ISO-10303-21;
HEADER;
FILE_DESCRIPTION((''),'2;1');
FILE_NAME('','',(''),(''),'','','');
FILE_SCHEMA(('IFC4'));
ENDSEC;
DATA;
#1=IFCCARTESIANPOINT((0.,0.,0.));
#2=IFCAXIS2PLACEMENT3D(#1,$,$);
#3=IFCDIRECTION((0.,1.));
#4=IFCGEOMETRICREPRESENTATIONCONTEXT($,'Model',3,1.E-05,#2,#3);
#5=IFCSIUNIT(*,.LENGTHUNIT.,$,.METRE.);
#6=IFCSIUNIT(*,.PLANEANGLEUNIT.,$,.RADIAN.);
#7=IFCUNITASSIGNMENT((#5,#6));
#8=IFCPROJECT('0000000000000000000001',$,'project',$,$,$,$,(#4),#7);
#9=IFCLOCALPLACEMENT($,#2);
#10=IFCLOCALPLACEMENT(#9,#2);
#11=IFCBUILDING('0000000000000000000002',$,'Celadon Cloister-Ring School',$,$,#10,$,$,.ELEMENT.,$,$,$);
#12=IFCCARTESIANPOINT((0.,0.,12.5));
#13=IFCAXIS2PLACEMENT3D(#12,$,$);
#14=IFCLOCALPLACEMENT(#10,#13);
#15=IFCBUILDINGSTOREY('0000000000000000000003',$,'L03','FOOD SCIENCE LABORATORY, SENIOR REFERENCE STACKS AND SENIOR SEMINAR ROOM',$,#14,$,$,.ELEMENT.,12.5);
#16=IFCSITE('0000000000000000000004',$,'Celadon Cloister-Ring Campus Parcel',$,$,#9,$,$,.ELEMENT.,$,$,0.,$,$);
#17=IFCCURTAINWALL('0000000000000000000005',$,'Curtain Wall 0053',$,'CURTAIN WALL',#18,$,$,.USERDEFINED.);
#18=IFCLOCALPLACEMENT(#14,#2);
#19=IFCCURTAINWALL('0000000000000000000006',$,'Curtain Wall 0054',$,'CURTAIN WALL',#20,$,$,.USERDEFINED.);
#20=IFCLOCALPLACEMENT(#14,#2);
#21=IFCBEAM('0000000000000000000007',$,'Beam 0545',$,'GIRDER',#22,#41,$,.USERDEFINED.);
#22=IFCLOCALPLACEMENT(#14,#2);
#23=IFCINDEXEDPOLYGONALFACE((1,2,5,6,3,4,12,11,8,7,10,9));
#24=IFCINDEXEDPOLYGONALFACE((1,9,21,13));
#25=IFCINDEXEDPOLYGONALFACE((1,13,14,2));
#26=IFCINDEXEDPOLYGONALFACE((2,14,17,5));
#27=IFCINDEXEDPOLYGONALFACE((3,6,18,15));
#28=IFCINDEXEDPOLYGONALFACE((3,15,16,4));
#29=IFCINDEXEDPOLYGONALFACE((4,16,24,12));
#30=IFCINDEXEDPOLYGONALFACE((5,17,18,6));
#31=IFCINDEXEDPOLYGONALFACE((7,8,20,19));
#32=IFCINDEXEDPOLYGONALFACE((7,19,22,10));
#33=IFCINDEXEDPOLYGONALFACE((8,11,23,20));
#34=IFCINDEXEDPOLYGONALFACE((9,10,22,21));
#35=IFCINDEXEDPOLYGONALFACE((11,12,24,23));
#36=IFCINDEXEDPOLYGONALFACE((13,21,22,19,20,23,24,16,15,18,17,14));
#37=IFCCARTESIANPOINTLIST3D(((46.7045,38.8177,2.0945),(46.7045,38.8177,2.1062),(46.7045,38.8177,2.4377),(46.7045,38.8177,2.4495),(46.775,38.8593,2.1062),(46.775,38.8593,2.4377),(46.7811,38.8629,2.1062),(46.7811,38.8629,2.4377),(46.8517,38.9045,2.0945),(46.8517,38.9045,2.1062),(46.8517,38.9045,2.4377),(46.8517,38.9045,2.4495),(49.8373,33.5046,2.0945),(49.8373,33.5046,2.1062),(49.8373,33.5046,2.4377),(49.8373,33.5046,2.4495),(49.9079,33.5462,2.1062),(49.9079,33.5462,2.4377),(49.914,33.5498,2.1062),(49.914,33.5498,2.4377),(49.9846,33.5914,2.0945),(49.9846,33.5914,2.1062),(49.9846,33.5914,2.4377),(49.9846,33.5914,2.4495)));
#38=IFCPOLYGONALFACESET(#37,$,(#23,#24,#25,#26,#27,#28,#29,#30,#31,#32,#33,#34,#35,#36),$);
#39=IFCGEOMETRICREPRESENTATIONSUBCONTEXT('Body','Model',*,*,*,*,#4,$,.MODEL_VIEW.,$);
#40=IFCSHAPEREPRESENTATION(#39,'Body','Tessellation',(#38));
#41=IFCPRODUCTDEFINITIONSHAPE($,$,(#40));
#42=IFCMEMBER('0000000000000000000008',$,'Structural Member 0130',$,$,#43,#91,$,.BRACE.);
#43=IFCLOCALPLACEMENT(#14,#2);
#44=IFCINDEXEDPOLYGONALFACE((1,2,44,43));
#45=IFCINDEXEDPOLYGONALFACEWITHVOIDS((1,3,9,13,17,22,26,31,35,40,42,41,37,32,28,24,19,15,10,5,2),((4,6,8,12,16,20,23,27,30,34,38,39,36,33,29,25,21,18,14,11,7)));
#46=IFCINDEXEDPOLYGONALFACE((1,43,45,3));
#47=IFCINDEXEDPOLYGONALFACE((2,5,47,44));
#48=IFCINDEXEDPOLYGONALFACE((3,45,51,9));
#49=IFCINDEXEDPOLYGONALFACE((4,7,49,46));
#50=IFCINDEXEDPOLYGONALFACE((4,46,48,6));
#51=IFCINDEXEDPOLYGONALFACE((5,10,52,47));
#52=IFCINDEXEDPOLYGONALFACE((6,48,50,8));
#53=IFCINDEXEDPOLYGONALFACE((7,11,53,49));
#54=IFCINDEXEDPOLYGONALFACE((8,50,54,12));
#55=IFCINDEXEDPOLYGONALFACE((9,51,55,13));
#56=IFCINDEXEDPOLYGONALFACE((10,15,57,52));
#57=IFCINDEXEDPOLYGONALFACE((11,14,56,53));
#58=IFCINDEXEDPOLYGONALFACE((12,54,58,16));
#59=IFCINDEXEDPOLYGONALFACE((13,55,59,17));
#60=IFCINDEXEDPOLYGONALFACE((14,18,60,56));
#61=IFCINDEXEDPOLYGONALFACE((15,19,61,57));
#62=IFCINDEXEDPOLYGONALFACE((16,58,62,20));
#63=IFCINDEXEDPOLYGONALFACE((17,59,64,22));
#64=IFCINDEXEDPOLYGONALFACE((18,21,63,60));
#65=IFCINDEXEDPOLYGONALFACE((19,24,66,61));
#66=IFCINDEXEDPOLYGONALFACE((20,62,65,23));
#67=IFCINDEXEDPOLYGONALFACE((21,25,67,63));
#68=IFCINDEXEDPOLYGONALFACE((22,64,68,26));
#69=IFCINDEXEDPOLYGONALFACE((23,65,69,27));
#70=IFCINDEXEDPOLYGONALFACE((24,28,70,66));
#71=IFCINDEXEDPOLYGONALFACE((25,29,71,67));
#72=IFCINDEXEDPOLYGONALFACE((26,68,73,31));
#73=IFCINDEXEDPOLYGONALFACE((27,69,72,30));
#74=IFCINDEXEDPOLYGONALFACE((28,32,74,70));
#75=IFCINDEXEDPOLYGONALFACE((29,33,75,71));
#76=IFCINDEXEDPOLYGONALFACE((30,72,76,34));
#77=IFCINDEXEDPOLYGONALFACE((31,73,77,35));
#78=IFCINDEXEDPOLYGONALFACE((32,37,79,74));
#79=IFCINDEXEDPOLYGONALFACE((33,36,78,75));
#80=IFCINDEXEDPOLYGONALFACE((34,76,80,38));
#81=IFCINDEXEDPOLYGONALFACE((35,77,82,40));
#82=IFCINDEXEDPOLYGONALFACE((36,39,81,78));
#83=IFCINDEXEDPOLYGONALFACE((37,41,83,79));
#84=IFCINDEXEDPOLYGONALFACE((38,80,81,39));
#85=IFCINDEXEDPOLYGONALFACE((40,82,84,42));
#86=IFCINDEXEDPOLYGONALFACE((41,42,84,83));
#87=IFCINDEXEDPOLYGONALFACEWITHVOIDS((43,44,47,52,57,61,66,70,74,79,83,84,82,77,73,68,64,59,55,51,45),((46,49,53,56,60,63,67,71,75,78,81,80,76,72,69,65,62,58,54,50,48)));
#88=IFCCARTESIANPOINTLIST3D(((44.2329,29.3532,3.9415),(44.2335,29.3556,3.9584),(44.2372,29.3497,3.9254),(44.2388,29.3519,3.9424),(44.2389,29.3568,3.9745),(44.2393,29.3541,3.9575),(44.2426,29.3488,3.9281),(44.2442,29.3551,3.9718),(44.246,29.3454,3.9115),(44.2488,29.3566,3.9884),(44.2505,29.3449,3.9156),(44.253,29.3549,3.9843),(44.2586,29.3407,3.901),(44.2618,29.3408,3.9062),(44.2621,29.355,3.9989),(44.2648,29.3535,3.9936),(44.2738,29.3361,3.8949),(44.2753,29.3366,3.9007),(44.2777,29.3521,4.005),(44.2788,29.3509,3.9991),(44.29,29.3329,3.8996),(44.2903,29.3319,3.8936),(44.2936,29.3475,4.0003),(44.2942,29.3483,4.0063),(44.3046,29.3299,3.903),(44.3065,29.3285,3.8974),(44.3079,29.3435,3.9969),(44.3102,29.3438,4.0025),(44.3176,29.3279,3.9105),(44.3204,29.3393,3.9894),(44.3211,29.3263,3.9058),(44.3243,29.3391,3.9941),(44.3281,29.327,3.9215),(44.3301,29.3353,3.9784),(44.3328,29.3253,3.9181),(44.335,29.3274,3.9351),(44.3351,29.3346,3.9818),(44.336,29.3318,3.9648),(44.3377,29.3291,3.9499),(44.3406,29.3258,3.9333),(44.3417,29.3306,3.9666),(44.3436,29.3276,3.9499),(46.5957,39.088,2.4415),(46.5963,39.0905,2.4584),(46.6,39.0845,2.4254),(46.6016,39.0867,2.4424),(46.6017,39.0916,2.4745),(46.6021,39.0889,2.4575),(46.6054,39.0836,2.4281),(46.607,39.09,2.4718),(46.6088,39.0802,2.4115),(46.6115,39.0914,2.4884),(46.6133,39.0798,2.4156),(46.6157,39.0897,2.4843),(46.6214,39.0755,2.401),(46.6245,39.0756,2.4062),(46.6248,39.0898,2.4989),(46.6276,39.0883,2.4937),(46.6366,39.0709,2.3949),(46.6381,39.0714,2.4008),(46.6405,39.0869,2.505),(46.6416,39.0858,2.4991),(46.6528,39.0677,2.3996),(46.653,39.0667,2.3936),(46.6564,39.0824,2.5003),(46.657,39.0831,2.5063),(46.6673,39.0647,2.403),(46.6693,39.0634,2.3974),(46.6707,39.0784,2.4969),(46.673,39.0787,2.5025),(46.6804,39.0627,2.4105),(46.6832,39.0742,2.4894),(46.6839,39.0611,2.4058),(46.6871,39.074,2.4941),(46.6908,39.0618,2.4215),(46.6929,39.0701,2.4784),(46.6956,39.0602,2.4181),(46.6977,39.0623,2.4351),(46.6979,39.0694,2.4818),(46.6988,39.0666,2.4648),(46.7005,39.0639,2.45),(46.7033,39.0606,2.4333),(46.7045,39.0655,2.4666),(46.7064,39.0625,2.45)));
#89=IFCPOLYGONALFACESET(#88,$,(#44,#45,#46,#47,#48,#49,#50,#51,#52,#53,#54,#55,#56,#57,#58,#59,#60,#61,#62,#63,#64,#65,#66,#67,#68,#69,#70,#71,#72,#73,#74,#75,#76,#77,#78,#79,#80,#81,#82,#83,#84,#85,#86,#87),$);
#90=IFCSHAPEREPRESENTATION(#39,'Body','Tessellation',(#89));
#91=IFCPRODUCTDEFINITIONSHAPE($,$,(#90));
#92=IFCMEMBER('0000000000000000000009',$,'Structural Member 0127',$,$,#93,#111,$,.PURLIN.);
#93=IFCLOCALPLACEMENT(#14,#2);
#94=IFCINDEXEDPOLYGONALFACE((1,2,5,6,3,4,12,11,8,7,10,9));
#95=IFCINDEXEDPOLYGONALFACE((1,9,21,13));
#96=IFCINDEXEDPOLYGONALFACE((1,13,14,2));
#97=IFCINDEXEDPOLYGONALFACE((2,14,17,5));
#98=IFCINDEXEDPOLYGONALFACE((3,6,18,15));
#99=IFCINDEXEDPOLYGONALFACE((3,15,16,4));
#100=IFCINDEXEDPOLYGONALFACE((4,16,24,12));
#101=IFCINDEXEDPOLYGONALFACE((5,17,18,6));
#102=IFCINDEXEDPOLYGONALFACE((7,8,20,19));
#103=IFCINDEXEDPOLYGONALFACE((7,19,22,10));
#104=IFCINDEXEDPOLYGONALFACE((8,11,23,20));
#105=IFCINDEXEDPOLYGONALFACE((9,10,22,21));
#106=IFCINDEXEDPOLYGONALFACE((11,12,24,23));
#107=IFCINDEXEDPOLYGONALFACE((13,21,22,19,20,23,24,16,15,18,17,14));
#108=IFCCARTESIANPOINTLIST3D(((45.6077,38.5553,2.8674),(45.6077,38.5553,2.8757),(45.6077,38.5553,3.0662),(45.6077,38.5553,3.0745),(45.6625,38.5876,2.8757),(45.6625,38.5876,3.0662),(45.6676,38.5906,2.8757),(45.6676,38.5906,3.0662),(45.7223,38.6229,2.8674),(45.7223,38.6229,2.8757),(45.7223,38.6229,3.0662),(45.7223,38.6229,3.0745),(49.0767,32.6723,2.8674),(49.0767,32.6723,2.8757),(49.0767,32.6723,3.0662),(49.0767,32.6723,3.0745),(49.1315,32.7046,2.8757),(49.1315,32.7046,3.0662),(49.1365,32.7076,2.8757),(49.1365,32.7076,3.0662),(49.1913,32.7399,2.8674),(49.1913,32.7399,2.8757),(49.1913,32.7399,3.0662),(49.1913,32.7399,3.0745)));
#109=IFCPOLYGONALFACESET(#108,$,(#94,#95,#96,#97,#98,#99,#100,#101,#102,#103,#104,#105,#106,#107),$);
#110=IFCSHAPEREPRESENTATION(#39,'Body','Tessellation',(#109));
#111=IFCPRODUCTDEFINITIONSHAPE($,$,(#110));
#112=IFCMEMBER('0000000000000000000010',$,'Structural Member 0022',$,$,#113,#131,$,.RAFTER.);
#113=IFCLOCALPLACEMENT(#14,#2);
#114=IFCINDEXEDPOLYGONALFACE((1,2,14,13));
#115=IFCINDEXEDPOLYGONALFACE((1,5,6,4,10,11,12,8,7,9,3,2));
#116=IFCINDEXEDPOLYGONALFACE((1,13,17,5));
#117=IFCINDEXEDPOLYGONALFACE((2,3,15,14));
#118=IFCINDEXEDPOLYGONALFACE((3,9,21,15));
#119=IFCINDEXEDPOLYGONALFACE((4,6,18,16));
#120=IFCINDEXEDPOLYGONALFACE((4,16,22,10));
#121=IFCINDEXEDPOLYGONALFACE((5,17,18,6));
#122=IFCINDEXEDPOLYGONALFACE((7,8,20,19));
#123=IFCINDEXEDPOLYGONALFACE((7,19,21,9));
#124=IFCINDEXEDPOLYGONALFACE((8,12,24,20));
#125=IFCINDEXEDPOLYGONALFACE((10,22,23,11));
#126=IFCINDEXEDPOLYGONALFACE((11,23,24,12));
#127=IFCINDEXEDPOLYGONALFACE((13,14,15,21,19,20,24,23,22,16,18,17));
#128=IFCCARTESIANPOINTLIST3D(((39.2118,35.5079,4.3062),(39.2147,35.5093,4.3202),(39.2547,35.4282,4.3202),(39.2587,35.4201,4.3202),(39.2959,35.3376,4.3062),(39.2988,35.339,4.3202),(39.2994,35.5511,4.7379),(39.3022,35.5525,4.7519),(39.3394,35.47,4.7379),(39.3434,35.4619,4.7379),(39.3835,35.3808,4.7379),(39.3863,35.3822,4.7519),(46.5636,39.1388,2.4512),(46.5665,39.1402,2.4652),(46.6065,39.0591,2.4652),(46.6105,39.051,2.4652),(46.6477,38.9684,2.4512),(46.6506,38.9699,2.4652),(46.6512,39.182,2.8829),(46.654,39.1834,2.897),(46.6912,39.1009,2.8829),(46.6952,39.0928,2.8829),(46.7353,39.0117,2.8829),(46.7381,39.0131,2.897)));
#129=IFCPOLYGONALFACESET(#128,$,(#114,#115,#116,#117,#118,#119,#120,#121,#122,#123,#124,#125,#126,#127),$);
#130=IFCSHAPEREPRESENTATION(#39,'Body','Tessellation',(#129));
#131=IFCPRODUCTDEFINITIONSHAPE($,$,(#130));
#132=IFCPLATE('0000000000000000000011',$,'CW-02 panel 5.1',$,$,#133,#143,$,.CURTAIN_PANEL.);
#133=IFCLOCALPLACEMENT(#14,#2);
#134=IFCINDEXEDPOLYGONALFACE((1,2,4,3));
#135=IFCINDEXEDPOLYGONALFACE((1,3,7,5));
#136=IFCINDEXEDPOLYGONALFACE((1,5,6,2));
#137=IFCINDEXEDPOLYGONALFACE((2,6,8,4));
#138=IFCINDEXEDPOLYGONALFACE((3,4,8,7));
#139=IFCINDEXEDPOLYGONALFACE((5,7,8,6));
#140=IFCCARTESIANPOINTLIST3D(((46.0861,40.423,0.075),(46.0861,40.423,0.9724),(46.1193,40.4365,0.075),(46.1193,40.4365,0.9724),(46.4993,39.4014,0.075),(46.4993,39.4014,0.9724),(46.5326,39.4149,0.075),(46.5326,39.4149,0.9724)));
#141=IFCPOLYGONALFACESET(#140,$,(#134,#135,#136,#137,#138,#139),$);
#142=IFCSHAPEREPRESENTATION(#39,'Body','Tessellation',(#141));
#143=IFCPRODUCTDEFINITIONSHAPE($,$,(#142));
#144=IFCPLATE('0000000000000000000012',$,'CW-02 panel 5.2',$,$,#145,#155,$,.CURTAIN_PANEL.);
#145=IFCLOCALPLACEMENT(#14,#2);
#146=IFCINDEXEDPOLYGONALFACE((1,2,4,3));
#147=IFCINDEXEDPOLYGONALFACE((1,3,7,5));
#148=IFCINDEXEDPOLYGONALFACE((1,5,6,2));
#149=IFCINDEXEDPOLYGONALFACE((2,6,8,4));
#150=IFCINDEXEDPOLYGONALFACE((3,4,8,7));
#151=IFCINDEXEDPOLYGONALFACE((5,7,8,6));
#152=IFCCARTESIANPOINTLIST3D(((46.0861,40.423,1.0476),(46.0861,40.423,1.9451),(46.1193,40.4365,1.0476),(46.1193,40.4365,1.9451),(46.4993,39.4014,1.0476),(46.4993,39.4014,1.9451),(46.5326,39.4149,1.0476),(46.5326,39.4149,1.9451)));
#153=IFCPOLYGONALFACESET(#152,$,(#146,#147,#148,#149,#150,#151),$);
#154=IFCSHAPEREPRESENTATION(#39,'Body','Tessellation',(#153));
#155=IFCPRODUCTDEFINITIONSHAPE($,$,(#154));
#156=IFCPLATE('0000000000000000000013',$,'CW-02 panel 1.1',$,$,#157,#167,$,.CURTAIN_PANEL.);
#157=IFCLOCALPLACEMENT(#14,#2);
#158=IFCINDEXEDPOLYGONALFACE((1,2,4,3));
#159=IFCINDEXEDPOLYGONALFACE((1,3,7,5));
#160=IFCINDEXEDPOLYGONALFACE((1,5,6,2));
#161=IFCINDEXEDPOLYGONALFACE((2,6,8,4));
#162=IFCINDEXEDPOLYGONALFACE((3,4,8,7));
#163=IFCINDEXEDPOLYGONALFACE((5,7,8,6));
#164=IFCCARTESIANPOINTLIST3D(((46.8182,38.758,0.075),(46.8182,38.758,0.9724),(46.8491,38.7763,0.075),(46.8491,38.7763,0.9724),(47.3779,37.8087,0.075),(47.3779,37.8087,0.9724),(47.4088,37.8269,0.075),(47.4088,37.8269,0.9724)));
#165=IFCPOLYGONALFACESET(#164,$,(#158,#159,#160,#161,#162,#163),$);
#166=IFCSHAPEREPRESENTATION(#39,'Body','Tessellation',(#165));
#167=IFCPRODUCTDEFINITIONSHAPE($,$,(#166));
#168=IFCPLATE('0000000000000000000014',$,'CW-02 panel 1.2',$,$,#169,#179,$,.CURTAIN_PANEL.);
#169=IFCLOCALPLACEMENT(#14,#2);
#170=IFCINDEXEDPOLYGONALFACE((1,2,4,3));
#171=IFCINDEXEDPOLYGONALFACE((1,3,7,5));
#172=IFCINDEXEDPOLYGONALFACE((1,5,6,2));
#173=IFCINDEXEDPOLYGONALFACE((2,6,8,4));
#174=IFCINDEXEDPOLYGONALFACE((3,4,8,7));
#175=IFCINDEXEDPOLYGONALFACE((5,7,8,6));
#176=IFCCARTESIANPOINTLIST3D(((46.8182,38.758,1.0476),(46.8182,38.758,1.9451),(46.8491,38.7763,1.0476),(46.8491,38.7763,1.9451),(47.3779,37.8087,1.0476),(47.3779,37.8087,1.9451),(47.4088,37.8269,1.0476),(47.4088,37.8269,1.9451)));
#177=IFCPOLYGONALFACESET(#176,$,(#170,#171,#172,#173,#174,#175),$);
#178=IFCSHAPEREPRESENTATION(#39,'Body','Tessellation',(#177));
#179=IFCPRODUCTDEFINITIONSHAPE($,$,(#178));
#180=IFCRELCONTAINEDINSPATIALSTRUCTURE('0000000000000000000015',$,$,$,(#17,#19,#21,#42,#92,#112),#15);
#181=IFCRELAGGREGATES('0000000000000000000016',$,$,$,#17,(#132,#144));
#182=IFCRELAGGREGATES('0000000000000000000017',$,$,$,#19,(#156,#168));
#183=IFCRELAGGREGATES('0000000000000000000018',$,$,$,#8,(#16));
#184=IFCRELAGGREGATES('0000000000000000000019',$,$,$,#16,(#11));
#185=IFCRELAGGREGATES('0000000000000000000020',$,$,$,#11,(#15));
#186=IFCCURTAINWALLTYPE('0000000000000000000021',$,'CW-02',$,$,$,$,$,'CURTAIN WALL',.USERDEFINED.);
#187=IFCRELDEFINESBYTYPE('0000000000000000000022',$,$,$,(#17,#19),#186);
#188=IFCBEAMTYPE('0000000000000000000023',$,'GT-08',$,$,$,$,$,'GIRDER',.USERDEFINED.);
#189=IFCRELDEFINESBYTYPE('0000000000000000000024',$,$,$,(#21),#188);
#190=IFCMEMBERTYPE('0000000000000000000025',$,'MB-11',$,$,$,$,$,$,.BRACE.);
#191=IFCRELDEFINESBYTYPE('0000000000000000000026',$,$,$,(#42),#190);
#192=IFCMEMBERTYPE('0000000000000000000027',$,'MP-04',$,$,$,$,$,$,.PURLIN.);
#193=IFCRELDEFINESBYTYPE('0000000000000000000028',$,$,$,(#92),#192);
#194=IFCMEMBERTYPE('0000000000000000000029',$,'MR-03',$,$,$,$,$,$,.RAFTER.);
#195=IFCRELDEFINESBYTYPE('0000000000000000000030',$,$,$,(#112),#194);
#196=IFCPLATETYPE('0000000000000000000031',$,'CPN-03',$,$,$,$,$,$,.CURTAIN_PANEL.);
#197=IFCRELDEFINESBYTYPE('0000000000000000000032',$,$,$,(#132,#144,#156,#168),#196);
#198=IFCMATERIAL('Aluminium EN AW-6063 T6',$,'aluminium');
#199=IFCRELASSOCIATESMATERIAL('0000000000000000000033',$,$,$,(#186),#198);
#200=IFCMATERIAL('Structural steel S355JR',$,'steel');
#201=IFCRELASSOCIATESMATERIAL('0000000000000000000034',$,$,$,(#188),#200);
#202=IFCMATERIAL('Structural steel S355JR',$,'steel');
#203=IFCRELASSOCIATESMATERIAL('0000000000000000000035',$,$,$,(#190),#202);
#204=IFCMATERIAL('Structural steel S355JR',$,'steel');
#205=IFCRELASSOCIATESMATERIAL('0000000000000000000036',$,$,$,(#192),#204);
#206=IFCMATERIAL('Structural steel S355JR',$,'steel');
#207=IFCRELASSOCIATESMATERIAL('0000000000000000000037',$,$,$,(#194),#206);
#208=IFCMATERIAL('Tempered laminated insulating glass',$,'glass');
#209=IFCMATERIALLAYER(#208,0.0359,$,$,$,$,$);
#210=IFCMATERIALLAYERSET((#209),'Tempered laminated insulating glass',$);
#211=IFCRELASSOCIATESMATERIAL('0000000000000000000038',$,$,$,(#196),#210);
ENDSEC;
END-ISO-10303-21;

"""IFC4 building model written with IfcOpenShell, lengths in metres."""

from ifc_helpers import new_model, si_unit, direction, frame, origin, origin_2d, place, context, subcontext, project, spatial, rectangle, hollow_circle, i_section, extrude, material, layer, layer_set, material_profile, profile_set, type_object, element, aggregate, save


model = new_model("IFC4")

# Units and contexts
model_context = context("Model", 3, precision=1e-05, world=origin(), true_north=direction((0.0, 1.0)))
body_context = subcontext(model_context, "Body", "Model", "MODEL_VIEW")
ifc_project = project(units=[si_unit("LENGTHUNIT", "METRE"), si_unit("PLANEANGLEUNIT", "RADIAN")], contexts=[model_context])

# Site, building, storey
site_placement = place(None, origin())
site = spatial("IfcSite", under=ifc_project, at=site_placement, Name="Celadon Cloister-Ring Campus Parcel", CompositionType="ELEMENT", RefElevation=0.0)
building_placement = place(site_placement, origin())
building = spatial("IfcBuilding", under=site, at=building_placement, Name="Celadon Cloister-Ring School", CompositionType="ELEMENT")
storey_placement = place(building_placement, frame((0.0, 0.0, 12.5)))
storey = spatial("IfcBuildingStorey", under=building, at=storey_placement, Name="L03", Description="FOOD SCIENCE LABORATORY, SENIOR REFERENCE STACKS AND SENIOR SEMINAR ROOM", CompositionType="ELEMENT", Elevation=12.5)

# Curtain wall
ifc_material_1 = material(Name="Aluminium EN AW-6063 T6", Category="aluminium")
curtain_wall_type = type_object("IfcCurtainWallType", Name="CW-02", ElementType="CURTAIN WALL", PredefinedType="USERDEFINED", material=ifc_material_1)
curtain_wall_1_placement = place(storey_placement, origin())
curtain_wall_1 = element("IfcCurtainWall", 1, at=curtain_wall_1_placement, inside=storey, type_object=curtain_wall_type, Name="Curtain Wall 0053", ObjectType="CURTAIN WALL", PredefinedType="USERDEFINED")

# Curtain wall
curtain_wall_2_placement = place(storey_placement, origin())
curtain_wall_2 = element("IfcCurtainWall", 2, at=curtain_wall_2_placement, inside=storey, type_object=curtain_wall_type, Name="Curtain Wall 0054", ObjectType="CURTAIN WALL", PredefinedType="USERDEFINED")

# Beam
ifc_material_2 = material(Name="Structural steel S355JR", Category="steel")
ifc_material_profile_1 = material_profile(ifc_material_2, i_section(OverallWidth=0.1709, OverallDepth=0.355, WebThickness=0.0071, FlangeThickness=0.0117, at=origin_2d()), Name="W360X51")
ifc_profile_set_1 = profile_set([ifc_material_profile_1], Name="Structural steel S355JR")
beam_type = type_object("IfcBeamType", Name="GT-08", ElementType="GIRDER", PredefinedType="USERDEFINED", material=ifc_profile_set_1)
beam_placement = place(storey_placement, frame((46.7781, 38.8611, 2.272), z_axis=(0.507926, -0.861401, 0.0), x_axis=(0.861401, 0.507926, 0.0)))
element("IfcBeam", 3, at=beam_placement, inside=storey, type_object=beam_type, Name="Beam 0545", ObjectType="GIRDER", PredefinedType="USERDEFINED", context=body_context, shape_type="SweptSolid", body=[
    extrude(i_section(OverallWidth=0.1709, OverallDepth=0.355, WebThickness=0.0071, FlangeThickness=0.0117, at=origin_2d()), origin(), (0.0, 0.0, 1.0), 6.168),
])

# Members
ifc_material_3 = material(Name="Structural steel S355JR", Category="steel")
ifc_material_profile_2 = material_profile(ifc_material_3, hollow_circle(Radius=0.0571, WallThickness=0.0061, at=origin_2d()), Name="CHS114.3X6")
ifc_profile_set_2 = profile_set([ifc_material_profile_2], Name="Structural steel S355JR")
member_type_1 = type_object("IfcMemberType", Name="MB-11", PredefinedType="BRACE", material=ifc_profile_set_2)
member_1_placement = place(storey_placement, frame((46.6509, 39.0759, 2.45), z_axis=(-0.233266, -0.961071, 0.148087), x_axis=(0.971785, -0.235866, 0.0)))
element("IfcMember", 4, at=member_1_placement, inside=storey, type_object=member_type_1, Name="Structural Member 0130", PredefinedType="BRACE", context=body_context, shape_type="SweptSolid", body=[
    extrude(hollow_circle(Radius=0.0571, WallThickness=0.0061, at=origin_2d()), origin(), (0.0, 0.0, 1.0), 10.1292),
])
ifc_material_4 = material(Name="Structural steel S355JR", Category="steel")
ifc_material_profile_3 = material_profile(ifc_material_4, i_section(OverallWidth=0.1331, OverallDepth=0.207, WebThickness=0.0059, FlangeThickness=0.0083, at=origin_2d()), Name="W200X27")
ifc_profile_set_3 = profile_set([ifc_material_profile_3], Name="Structural steel S355JR")
member_type_2 = type_object("IfcMemberType", Name="MP-04", PredefinedType="PURLIN", material=ifc_profile_set_3)
member_2_placement = place(storey_placement, frame((45.665, 38.5891, 2.9709), z_axis=(0.507931, -0.861398, 0.0), x_axis=(0.861398, 0.507931, 0.0)))
element("IfcMember", 5, at=member_2_placement, inside=storey, type_object=member_type_2, Name="Structural Member 0127", PredefinedType="PURLIN", context=body_context, shape_type="SweptSolid", body=[
    extrude(i_section(OverallWidth=0.1331, OverallDepth=0.207, WebThickness=0.0059, FlangeThickness=0.0083, at=origin_2d()), origin(), (0.0, 0.0, 1.0), 6.8296),
])
ifc_material_5 = material(Name="Structural steel S355JR", Category="steel")
ifc_material_profile_4 = material_profile(ifc_material_5, i_section(OverallWidth=0.1899, OverallDepth=0.457, WebThickness=0.009, FlangeThickness=0.0144, at=origin_2d()), Name="W460X74")
ifc_profile_set_4 = profile_set([ifc_material_profile_4], Name="Structural steel S355JR")
member_type_3 = type_object("IfcMemberType", Name="MR-03", PredefinedType="RAFTER", material=ifc_profile_set_4)
member_3_placement = place(storey_placement, frame((46.6509, 39.0759, 2.6741), z_axis=(-0.874514, -0.431899, 0.220654), x_axis=(0.442813, -0.896614, 0.0)))
element("IfcMember", 6, at=member_3_placement, inside=storey, type_object=member_type_3, Name="Structural Member 0022", PredefinedType="RAFTER", context=body_context, shape_type="SweptSolid", body=[
    extrude(i_section(OverallWidth=0.1899, OverallDepth=0.457, WebThickness=0.009, FlangeThickness=0.0144, at=origin_2d()), origin(), (0.0, 0.0, 1.0), 8.4067),
])

# Plates
ifc_material_6 = material(Name="Tempered laminated insulating glass", Category="glass")
ifc_layer_1 = layer(ifc_material_6, 0.0359)
ifc_layer_set_1 = layer_set([ifc_layer_1], Name="Tempered laminated insulating glass")
plate_type_1 = type_object("IfcPlateType", Name="CPN-03", PredefinedType="CURTAIN_PANEL", material=ifc_layer_set_1)
plate_1_placement = place(storey_placement, frame((46.3093, 39.9189, 0.075), z_axis=(0.0, 0.0, 1.0), x_axis=(0.374972, -0.927036, 0.0)))
plate_1 = element("IfcPlate", 7, at=plate_1_placement, type_object=plate_type_1, Name="CW-02 panel 5.1", PredefinedType="CURTAIN_PANEL", context=body_context, shape_type="SweptSolid", body=[
    extrude(rectangle(XDim=1.1021, YDim=0.0359, at=origin_2d()), origin(), (0.0, 0.0, 1.0), 0.8975),
])
plate_2_placement = place(storey_placement, frame((46.3093, 39.9189, 1.0476), z_axis=(0.0, 0.0, 1.0), x_axis=(0.374972, -0.927036, 0.0)))
plate_2 = element("IfcPlate", 8, at=plate_2_placement, type_object=plate_type_1, Name="CW-02 panel 5.2", PredefinedType="CURTAIN_PANEL", context=body_context, shape_type="SweptSolid", body=[
    extrude(rectangle(XDim=1.1021, YDim=0.0359, at=origin_2d()), origin(), (0.0, 0.0, 1.0), 0.8975),
])
aggregate(curtain_wall_1, [plate_1, plate_2])
plate_3_placement = place(storey_placement, frame((47.1135, 38.2925, 0.075), z_axis=(0.0, 0.0, 1.0), x_axis=(0.507885, -0.861425, 0.0)))
plate_3 = element("IfcPlate", 9, at=plate_3_placement, type_object=plate_type_1, Name="CW-02 panel 1.1", PredefinedType="CURTAIN_PANEL", context=body_context, shape_type="SweptSolid", body=[
    extrude(rectangle(XDim=1.1021, YDim=0.0359, at=origin_2d()), origin(), (0.0, 0.0, 1.0), 0.8975),
])
plate_4_placement = place(storey_placement, frame((47.1135, 38.2925, 1.0476), z_axis=(0.0, 0.0, 1.0), x_axis=(0.507885, -0.861425, 0.0)))
plate_4 = element("IfcPlate", 10, at=plate_4_placement, type_object=plate_type_1, Name="CW-02 panel 1.2", PredefinedType="CURTAIN_PANEL", context=body_context, shape_type="SweptSolid", body=[
    extrude(rectangle(XDim=1.1021, YDim=0.0359, at=origin_2d()), origin(), (0.0, 0.0, 1.0), 0.8975),
])
aggregate(curtain_wall_2, [plate_3, plate_4])

save(model, "model.ifc")
